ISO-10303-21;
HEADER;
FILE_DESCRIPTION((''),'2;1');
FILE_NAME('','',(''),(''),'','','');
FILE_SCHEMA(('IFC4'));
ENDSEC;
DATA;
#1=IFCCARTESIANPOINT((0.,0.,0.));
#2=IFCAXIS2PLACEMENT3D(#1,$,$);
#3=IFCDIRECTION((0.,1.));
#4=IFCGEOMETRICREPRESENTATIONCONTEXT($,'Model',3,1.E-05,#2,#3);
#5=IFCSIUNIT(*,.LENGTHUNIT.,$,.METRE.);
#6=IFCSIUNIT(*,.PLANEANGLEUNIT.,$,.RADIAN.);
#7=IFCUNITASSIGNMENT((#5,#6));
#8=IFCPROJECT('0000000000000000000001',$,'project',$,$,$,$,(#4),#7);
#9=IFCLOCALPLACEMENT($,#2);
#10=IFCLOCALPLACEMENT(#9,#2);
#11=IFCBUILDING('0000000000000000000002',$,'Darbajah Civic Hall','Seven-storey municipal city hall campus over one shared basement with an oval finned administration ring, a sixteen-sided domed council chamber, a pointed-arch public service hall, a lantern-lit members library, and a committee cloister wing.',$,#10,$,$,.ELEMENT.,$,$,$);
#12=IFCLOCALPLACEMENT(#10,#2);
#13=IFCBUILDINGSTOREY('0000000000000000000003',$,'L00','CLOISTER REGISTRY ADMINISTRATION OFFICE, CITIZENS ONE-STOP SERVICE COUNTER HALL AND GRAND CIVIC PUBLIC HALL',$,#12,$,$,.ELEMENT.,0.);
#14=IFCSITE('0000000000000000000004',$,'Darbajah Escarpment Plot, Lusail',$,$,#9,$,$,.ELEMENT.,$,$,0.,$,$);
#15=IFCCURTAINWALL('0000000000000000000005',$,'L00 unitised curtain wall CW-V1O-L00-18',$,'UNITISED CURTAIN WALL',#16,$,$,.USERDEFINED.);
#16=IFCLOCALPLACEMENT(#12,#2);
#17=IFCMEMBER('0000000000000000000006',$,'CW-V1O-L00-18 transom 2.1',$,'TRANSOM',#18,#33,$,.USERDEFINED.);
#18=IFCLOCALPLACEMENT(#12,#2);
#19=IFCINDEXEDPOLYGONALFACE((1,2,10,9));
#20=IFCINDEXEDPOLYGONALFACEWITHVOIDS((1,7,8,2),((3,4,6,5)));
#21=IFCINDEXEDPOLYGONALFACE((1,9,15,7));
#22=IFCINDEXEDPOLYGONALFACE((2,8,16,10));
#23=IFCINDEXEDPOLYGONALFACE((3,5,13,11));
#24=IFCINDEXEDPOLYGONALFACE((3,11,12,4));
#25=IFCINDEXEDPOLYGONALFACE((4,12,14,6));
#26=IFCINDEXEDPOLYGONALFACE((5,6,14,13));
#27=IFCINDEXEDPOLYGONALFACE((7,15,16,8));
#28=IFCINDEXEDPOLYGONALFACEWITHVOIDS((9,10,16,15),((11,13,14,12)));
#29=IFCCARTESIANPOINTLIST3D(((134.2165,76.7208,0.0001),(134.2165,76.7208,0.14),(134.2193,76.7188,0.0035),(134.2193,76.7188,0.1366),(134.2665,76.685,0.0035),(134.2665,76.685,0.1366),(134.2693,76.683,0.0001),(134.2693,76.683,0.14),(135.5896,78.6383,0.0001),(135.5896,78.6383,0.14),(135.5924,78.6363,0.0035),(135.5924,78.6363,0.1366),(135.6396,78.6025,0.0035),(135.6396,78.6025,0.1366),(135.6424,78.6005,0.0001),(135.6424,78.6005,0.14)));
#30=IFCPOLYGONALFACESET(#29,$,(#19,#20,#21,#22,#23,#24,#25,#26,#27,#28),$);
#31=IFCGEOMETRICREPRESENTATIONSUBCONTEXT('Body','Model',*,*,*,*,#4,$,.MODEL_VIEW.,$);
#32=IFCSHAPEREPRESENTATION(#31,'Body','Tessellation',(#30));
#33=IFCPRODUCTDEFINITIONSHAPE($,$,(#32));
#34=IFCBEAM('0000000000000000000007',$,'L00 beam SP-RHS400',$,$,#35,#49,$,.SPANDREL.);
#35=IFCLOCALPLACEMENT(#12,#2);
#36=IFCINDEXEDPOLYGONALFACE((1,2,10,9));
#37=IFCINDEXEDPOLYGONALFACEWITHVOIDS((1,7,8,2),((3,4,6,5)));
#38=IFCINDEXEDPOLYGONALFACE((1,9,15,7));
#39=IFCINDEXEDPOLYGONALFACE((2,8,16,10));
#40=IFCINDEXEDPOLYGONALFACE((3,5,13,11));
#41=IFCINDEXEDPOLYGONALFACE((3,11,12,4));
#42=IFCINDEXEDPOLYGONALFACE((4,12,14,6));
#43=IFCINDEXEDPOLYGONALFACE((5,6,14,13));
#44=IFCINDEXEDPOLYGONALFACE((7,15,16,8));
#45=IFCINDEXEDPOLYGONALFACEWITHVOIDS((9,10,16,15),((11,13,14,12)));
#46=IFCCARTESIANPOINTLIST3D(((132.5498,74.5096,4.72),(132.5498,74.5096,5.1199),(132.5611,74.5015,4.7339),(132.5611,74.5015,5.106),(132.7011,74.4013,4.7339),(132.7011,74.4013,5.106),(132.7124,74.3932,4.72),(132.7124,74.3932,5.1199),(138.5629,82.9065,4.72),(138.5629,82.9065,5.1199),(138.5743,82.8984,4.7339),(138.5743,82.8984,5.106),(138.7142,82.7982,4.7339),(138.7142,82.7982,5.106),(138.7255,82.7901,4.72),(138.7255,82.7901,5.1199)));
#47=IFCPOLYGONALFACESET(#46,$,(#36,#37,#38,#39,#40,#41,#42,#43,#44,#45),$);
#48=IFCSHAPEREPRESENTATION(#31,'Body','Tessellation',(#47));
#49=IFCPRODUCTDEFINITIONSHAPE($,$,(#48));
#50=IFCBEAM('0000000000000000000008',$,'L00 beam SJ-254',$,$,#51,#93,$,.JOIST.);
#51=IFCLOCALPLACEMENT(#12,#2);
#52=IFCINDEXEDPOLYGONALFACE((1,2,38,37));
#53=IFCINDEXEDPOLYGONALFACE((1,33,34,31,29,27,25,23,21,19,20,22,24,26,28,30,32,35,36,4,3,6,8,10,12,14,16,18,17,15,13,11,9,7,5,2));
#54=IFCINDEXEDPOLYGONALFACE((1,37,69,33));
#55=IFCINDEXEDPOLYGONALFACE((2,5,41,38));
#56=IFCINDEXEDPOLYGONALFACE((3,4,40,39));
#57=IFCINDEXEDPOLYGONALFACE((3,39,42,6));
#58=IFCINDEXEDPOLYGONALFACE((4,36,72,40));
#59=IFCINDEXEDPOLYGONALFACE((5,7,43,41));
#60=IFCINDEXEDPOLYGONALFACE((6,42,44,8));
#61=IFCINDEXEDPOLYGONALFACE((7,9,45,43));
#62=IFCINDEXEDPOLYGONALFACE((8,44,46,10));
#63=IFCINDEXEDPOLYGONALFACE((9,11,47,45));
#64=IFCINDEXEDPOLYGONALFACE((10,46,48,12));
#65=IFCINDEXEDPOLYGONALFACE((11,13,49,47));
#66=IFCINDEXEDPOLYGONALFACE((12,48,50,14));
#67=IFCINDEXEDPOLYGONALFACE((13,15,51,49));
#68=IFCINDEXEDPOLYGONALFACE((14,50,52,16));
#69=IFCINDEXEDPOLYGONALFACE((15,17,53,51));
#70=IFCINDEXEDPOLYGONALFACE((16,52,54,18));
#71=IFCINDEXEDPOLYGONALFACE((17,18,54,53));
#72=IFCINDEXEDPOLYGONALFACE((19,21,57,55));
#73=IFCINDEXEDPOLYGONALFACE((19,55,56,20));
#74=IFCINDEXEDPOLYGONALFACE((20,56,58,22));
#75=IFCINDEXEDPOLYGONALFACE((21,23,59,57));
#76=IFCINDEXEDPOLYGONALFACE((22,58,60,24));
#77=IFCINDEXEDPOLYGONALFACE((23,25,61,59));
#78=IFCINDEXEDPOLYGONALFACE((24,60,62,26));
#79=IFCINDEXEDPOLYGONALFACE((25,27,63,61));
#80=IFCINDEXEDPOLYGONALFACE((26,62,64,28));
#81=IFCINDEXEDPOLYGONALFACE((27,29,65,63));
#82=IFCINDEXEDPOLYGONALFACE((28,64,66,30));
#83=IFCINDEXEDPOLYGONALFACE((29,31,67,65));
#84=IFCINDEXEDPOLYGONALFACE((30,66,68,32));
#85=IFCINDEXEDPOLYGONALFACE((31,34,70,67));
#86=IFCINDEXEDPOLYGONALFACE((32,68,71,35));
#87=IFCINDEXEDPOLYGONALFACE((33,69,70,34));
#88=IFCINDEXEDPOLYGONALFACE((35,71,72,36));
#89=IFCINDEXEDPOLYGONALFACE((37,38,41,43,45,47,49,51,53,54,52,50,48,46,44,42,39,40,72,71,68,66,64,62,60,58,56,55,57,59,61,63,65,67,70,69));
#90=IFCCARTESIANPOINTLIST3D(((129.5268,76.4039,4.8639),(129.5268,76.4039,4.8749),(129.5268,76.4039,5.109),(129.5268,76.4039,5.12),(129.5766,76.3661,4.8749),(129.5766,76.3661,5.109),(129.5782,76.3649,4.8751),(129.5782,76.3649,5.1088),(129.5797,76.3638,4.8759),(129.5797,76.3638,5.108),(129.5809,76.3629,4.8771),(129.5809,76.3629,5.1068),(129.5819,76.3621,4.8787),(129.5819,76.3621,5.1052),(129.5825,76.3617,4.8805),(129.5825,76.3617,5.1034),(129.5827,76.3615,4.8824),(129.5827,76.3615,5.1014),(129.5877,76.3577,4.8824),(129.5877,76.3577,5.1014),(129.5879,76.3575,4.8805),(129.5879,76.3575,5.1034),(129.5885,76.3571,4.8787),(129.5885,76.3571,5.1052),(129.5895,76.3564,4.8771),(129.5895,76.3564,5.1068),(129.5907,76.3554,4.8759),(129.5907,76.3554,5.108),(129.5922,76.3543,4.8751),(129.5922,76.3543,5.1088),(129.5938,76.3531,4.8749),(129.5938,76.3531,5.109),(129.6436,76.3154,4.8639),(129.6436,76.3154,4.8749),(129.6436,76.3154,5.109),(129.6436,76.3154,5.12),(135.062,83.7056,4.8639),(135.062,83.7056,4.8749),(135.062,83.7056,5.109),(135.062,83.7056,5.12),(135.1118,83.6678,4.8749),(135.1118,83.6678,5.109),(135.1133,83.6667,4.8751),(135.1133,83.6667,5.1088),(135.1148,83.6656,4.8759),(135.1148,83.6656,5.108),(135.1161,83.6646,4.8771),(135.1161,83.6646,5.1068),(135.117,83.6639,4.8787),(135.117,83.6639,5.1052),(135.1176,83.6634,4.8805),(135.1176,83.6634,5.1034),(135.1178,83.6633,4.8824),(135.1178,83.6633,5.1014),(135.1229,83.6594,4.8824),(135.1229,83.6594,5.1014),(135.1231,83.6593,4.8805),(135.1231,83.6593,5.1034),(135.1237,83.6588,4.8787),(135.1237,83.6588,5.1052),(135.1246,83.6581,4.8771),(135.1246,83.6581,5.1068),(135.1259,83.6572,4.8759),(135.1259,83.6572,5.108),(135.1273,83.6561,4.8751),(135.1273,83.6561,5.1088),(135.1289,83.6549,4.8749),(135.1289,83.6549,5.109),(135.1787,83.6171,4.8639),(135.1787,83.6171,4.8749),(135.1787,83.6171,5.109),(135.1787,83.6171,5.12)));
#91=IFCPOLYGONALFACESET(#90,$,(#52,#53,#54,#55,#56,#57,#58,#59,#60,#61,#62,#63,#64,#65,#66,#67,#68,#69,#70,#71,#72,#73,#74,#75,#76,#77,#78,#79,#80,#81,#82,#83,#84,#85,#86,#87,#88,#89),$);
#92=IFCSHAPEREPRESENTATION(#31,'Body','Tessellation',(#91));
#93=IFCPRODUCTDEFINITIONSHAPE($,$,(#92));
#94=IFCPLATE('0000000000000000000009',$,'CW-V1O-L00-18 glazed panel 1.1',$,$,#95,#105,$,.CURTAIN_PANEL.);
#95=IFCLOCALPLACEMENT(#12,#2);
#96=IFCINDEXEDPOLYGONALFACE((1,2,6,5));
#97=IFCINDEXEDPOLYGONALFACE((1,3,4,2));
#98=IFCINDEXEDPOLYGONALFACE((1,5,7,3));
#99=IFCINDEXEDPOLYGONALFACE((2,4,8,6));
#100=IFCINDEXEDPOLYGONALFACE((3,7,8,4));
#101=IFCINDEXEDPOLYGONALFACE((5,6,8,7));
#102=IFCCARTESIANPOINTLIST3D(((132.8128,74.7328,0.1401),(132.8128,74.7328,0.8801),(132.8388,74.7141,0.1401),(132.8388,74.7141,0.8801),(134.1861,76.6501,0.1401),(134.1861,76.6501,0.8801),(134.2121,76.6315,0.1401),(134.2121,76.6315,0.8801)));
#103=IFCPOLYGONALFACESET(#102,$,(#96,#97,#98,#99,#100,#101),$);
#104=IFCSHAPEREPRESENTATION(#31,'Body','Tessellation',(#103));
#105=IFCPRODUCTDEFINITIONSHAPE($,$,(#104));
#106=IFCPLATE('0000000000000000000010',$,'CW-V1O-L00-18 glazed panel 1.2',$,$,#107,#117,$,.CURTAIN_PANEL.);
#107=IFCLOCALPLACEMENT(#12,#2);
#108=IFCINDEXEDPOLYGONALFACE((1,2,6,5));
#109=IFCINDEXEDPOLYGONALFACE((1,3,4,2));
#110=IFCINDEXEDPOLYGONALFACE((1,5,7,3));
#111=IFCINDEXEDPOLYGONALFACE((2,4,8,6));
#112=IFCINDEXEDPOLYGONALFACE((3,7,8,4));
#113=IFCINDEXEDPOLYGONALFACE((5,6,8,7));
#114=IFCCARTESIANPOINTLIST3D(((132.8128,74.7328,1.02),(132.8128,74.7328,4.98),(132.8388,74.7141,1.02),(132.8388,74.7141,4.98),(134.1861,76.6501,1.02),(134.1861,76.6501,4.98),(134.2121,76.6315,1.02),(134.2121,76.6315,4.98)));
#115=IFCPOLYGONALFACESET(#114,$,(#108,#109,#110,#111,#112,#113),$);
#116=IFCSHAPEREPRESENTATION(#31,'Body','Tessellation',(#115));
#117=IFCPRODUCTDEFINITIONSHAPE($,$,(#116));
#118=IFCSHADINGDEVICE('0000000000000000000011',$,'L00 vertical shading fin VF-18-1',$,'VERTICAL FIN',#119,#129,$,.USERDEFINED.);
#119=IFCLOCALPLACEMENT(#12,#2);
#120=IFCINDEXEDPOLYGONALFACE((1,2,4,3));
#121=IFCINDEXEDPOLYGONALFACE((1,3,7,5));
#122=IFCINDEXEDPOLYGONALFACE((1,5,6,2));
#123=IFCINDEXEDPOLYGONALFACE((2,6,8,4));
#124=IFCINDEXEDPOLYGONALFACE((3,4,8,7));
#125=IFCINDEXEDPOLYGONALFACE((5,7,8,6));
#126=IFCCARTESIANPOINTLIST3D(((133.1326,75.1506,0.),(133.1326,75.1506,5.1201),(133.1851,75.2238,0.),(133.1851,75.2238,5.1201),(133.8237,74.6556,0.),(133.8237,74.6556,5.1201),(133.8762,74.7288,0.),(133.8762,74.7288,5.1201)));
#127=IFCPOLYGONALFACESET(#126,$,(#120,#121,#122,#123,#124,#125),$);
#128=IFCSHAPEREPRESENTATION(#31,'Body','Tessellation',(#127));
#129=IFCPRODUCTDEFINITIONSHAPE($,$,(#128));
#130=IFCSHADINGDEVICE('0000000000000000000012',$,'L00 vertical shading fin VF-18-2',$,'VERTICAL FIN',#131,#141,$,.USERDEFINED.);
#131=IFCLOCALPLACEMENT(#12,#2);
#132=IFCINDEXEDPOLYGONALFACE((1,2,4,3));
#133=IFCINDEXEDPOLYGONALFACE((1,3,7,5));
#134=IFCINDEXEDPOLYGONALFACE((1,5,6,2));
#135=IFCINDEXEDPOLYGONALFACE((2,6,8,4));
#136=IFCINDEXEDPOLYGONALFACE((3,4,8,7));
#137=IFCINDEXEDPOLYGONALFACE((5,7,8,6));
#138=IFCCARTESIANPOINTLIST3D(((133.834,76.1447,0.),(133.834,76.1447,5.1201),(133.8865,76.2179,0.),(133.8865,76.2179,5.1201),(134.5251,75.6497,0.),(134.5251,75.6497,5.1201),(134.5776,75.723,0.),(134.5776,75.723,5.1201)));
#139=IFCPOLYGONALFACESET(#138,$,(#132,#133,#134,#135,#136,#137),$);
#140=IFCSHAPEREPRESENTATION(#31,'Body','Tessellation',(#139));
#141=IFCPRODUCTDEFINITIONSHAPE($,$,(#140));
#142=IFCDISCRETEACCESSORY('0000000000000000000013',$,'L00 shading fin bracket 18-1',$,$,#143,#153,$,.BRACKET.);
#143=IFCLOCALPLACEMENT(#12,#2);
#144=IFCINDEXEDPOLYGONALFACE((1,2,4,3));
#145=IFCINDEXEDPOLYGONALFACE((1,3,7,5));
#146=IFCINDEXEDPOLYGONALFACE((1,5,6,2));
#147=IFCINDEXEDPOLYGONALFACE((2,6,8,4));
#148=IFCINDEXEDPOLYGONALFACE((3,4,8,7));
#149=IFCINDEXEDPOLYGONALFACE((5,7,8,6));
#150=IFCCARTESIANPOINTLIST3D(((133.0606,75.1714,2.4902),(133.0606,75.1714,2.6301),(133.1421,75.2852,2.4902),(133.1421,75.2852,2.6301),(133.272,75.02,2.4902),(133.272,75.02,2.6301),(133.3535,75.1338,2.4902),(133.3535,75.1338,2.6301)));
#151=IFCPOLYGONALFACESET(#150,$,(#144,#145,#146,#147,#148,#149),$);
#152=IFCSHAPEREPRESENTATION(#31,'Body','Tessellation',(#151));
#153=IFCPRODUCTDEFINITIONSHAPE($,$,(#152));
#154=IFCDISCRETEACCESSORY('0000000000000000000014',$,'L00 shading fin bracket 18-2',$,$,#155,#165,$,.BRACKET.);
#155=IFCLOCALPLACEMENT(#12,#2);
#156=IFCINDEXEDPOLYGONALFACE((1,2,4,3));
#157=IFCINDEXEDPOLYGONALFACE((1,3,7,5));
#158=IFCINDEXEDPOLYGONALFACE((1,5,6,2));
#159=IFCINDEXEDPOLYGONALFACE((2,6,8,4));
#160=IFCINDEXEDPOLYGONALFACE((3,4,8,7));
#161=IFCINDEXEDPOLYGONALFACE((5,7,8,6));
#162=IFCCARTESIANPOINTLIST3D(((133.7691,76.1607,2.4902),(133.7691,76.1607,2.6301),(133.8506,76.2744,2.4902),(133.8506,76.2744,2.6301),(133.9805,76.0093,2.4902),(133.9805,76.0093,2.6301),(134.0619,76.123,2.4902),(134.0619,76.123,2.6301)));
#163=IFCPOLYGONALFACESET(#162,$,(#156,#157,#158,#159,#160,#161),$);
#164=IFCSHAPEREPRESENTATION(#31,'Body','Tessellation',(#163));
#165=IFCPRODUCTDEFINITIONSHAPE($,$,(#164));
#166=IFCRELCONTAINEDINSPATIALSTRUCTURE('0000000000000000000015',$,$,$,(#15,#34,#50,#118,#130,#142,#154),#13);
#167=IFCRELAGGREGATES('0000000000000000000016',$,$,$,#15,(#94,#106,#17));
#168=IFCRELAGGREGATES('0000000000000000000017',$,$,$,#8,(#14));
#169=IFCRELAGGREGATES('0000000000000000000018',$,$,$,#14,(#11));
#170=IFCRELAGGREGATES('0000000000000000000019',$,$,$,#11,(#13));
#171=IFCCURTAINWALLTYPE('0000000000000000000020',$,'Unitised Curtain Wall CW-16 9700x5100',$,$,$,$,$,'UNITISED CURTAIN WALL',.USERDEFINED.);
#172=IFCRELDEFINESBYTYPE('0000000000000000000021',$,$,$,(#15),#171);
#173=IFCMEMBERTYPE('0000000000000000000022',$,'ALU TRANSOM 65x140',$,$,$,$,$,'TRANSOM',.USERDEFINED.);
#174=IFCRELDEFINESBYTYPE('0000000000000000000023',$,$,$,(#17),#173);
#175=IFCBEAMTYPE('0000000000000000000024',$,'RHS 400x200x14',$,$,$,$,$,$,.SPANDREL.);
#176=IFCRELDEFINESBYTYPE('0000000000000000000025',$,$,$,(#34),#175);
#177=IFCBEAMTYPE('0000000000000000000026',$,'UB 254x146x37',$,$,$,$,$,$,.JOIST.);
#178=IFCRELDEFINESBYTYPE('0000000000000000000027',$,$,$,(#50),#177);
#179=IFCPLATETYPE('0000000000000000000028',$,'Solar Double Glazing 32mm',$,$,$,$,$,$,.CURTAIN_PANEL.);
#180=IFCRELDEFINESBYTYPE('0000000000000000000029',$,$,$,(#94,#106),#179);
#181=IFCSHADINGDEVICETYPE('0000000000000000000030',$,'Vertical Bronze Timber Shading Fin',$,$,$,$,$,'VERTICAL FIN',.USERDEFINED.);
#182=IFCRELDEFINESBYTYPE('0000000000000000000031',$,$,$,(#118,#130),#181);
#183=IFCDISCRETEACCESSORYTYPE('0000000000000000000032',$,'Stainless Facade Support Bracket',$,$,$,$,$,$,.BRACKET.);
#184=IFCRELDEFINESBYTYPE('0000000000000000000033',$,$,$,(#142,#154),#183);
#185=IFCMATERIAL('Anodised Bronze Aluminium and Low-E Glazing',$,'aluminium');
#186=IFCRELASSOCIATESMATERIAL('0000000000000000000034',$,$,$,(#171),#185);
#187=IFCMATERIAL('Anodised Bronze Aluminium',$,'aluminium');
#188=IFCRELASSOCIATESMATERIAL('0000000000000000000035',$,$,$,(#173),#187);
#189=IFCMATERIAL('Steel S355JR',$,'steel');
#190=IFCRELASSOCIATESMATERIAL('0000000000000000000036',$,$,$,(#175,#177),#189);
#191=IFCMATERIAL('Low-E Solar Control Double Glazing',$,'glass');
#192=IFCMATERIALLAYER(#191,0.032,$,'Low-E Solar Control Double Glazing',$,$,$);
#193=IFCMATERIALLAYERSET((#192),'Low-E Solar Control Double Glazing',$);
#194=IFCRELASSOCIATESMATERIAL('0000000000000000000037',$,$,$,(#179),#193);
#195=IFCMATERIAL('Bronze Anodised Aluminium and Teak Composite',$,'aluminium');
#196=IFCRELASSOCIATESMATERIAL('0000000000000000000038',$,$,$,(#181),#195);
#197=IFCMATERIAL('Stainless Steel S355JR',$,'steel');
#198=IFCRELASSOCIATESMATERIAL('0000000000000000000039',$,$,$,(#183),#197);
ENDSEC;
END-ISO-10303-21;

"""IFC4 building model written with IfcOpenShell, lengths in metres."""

from ifc_helpers import new_model, si_unit, direction, frame, origin, origin_2d, place, context, subcontext, project, spatial, rectangle, hollow_rectangle, i_section, extrude, material, layer, layer_set, material_profile, profile_set, type_object, element, aggregate, save


model = new_model("IFC4")

# Units and contexts
model_context = context("Model", 3, precision=1e-05, world=origin(), true_north=direction((0.0, 1.0)))
body_context = subcontext(model_context, "Body", "Model", "MODEL_VIEW")
ifc_project = project(units=[si_unit("LENGTHUNIT", "METRE"), si_unit("PLANEANGLEUNIT", "RADIAN")], contexts=[model_context])

# Site, building, storey
site_placement = place(None, origin())
site = spatial("IfcSite", under=ifc_project, at=site_placement, Name="Darbajah Escarpment Plot, Lusail", CompositionType="ELEMENT", RefElevation=0.0)
building_placement = place(site_placement, origin())
building = spatial("IfcBuilding", under=site, at=building_placement, Name="Darbajah Civic Hall", Description="Seven-storey municipal city hall campus over one shared basement with an oval finned administration ring, a sixteen-sided domed council chamber, a pointed-arch public service hall, a lantern-lit members library, and a committee cloister wing.", CompositionType="ELEMENT")
storey_placement = place(building_placement, origin())
storey = spatial("IfcBuildingStorey", under=building, at=storey_placement, Name="L00", Description="CLOISTER REGISTRY ADMINISTRATION OFFICE, CITIZENS ONE-STOP SERVICE COUNTER HALL AND GRAND CIVIC PUBLIC HALL", CompositionType="ELEMENT", Elevation=0.0)

# Shared definitions
ifc_material_1 = material(Name="Anodised Bronze Aluminium and Low-E Glazing", Category="aluminium")
ifc_material_2 = material(Name="Anodised Bronze Aluminium", Category="aluminium")

# Curtain wall
curtain_wall_type_1 = type_object("IfcCurtainWallType", Name="Unitised Curtain Wall CW-16 9700x5100", ElementType="UNITISED CURTAIN WALL", PredefinedType="USERDEFINED", material=ifc_material_1)
curtain_wall_1_placement = place(storey_placement, origin())
curtain_wall_1 = element("IfcCurtainWall", 1, at=curtain_wall_1_placement, inside=storey, type_object=curtain_wall_type_1, Name="L00 unitised curtain wall CW-V1O-L00-18", ObjectType="UNITISED CURTAIN WALL", PredefinedType="USERDEFINED")

# Member
ifc_material_profile_1 = material_profile(ifc_material_2, hollow_rectangle(XDim=0.0649, YDim=0.1399, WallThickness=0.0034, at=origin_2d()), Name="ALU TRANSOM 65x140")
ifc_profile_set_1 = profile_set([ifc_material_profile_1], Name="Anodised Bronze Aluminium")
member_type_1 = type_object("IfcMemberType", Name="ALU TRANSOM 65x140", ElementType="TRANSOM", PredefinedType="USERDEFINED", material=ifc_profile_set_1)
member_1_placement = place(storey_placement, frame((134.2429, 76.7019, 0.0701), z_axis=(0.582197, 0.813047, 0.0), x_axis=(-0.813047, 0.582197, 0.0)))
member_1 = element("IfcMember", 2, at=member_1_placement, type_object=member_type_1, Name="CW-V1O-L00-18 transom 2.1", ObjectType="TRANSOM", PredefinedType="USERDEFINED", context=body_context, shape_type="SweptSolid", body=[
    extrude(hollow_rectangle(XDim=0.0649, YDim=0.1399, WallThickness=0.0034, at=origin_2d()), origin(), (0.0, 0.0, 1.0), 2.3584),
])

# Beams
ifc_material_3 = material(Name="Steel S355JR", Category="steel")
ifc_material_profile_2 = material_profile(ifc_material_3, hollow_rectangle(XDim=0.2, YDim=0.3999, WallThickness=0.0139, at=origin_2d()), Name="RHS 400x200x14")
ifc_profile_set_2 = profile_set([ifc_material_profile_2], Name="Steel S355JR")
beam_type_1 = type_object("IfcBeamType", Name="RHS 400x200x14", PredefinedType="SPANDREL", material=ifc_profile_set_2)
beam_1_placement = place(storey_placement, frame((132.6311, 74.4514, 4.9199), z_axis=(0.582222, 0.81303, 0.0), x_axis=(-0.81303, 0.582222, 0.0)))
element("IfcBeam", 3, at=beam_1_placement, inside=storey, type_object=beam_type_1, Name="L00 beam SP-RHS400", PredefinedType="SPANDREL", context=body_context, shape_type="SweptSolid", body=[
    extrude(hollow_rectangle(XDim=0.2, YDim=0.3999, WallThickness=0.0139, at=origin_2d()), origin(), (0.0, 0.0, 1.0), 10.3279),
])
ifc_material_profile_3 = material_profile(ifc_material_3, i_section(OverallWidth=0.1465, OverallDepth=0.2561, WebThickness=0.0063, FlangeThickness=0.011, FilletRadius=0.0076, at=origin_2d()), Name="UB 254x146x37")
ifc_profile_set_3 = profile_set([ifc_material_profile_3], Name="Steel S355JR")
beam_type_2 = type_object("IfcBeamType", Name="UB 254x146x37", PredefinedType="JOIST", material=ifc_profile_set_3)
beam_2_placement = place(storey_placement, frame((129.5852, 76.3596, 4.9919), z_axis=(0.604102, 0.796907, 0.0), x_axis=(-0.796907, 0.604102, 0.0)))
element("IfcBeam", 4, at=beam_2_placement, inside=storey, type_object=beam_type_2, Name="L00 beam SJ-254", PredefinedType="JOIST", context=body_context, shape_type="SweptSolid", body=[
    extrude(i_section(OverallWidth=0.1465, OverallDepth=0.2561, WebThickness=0.0063, FlangeThickness=0.011, FilletRadius=0.0076, at=origin_2d()), origin(), (0.0, 0.0, 1.0), 9.1626),
])

# Plates
ifc_material_4 = material(Name="Low-E Solar Control Double Glazing", Category="glass")
ifc_layer = layer(ifc_material_4, 0.032, Name="Low-E Solar Control Double Glazing")
ifc_layer_set = layer_set([ifc_layer], Name="Low-E Solar Control Double Glazing")
plate_type = type_object("IfcPlateType", Name="Solar Double Glazing 32mm", PredefinedType="CURTAIN_PANEL", material=ifc_layer_set)
plate_1_placement = place(storey_placement, frame((133.5125, 75.6821, 0.1401), z_axis=(0.0, 0.0, 1.0), x_axis=(0.582265, 0.812999, 0.0)))
plate_1 = element("IfcPlate", 5, at=plate_1_placement, type_object=plate_type, Name="CW-V1O-L00-18 glazed panel 1.1", PredefinedType="CURTAIN_PANEL", context=body_context, shape_type="SweptSolid", body=[
    extrude(rectangle(XDim=2.3584, YDim=0.032, at=origin_2d()), origin(), (0.0, 0.0, 1.0), 0.74),
])
plate_2_placement = place(storey_placement, frame((133.5125, 75.6821, 1.02), z_axis=(0.0, 0.0, 1.0), x_axis=(0.582265, 0.812999, 0.0)))
plate_2 = element("IfcPlate", 6, at=plate_2_placement, type_object=plate_type, Name="CW-V1O-L00-18 glazed panel 1.2", PredefinedType="CURTAIN_PANEL", context=body_context, shape_type="SweptSolid", body=[
    extrude(rectangle(XDim=2.3584, YDim=0.032, at=origin_2d()), origin(), (0.0, 0.0, 1.0), 3.96),
])
aggregate(curtain_wall_1, [plate_1, plate_2, member_1])

# Shading devices
ifc_material_5 = material(Name="Bronze Anodised Aluminium and Teak Composite", Category="aluminium")
shading_device_type = type_object("IfcShadingDeviceType", Name="Vertical Bronze Timber Shading Fin", ElementType="VERTICAL FIN", PredefinedType="USERDEFINED", material=ifc_material_5)
for number, where, z_axis, x_axis, name in (
    (7, (133.5044, 74.9397, 0.0), (0.0, 0.0, 1.0), (0.812999, -0.582265, 0.0), "L00 vertical shading fin VF-18-1"),
    (8, (134.2058, 75.9338, 0.0), (0.0, 0.0, 1.0), (0.812999, -0.582265, 0.0), "L00 vertical shading fin VF-18-2"),
):
    element("IfcShadingDevice", number, at=place(storey_placement, frame(where, z_axis=z_axis, x_axis=x_axis)), inside=storey, type_object=shading_device_type, Name=name, ObjectType="VERTICAL FIN", PredefinedType="USERDEFINED", context=body_context, shape_type="SweptSolid", body=[
        extrude(rectangle(XDim=0.8501, YDim=0.0901, at=origin_2d()), origin(), (0.0, 0.0, 1.0), 5.1201),
    ])

# Discrete accessories
ifc_material_6 = material(Name="Stainless Steel S355JR", Category="steel")
discrete_accessory_type = type_object("IfcDiscreteAccessoryType", Name="Stainless Facade Support Bracket", PredefinedType="BRACKET", material=ifc_material_6)
for number, where, z_axis, x_axis, name in (
    (9, (133.207, 75.1526, 2.4902), (0.0, 0.0, 1.0), (0.812999, -0.582265, 0.0), "L00 shading fin bracket 18-1"),
    (10, (133.9155, 76.1418, 2.4902), (0.0, 0.0, 1.0), (0.812999, -0.582265, 0.0), "L00 shading fin bracket 18-2"),
):
    element("IfcDiscreteAccessory", number, at=place(storey_placement, frame(where, z_axis=z_axis, x_axis=x_axis)), inside=storey, type_object=discrete_accessory_type, Name=name, PredefinedType="BRACKET", context=body_context, shape_type="SweptSolid", body=[
        extrude(rectangle(XDim=0.26, YDim=0.1399, at=origin_2d()), origin(), (0.0, 0.0, 1.0), 0.1399),
    ])

save(model, "model.ifc")
